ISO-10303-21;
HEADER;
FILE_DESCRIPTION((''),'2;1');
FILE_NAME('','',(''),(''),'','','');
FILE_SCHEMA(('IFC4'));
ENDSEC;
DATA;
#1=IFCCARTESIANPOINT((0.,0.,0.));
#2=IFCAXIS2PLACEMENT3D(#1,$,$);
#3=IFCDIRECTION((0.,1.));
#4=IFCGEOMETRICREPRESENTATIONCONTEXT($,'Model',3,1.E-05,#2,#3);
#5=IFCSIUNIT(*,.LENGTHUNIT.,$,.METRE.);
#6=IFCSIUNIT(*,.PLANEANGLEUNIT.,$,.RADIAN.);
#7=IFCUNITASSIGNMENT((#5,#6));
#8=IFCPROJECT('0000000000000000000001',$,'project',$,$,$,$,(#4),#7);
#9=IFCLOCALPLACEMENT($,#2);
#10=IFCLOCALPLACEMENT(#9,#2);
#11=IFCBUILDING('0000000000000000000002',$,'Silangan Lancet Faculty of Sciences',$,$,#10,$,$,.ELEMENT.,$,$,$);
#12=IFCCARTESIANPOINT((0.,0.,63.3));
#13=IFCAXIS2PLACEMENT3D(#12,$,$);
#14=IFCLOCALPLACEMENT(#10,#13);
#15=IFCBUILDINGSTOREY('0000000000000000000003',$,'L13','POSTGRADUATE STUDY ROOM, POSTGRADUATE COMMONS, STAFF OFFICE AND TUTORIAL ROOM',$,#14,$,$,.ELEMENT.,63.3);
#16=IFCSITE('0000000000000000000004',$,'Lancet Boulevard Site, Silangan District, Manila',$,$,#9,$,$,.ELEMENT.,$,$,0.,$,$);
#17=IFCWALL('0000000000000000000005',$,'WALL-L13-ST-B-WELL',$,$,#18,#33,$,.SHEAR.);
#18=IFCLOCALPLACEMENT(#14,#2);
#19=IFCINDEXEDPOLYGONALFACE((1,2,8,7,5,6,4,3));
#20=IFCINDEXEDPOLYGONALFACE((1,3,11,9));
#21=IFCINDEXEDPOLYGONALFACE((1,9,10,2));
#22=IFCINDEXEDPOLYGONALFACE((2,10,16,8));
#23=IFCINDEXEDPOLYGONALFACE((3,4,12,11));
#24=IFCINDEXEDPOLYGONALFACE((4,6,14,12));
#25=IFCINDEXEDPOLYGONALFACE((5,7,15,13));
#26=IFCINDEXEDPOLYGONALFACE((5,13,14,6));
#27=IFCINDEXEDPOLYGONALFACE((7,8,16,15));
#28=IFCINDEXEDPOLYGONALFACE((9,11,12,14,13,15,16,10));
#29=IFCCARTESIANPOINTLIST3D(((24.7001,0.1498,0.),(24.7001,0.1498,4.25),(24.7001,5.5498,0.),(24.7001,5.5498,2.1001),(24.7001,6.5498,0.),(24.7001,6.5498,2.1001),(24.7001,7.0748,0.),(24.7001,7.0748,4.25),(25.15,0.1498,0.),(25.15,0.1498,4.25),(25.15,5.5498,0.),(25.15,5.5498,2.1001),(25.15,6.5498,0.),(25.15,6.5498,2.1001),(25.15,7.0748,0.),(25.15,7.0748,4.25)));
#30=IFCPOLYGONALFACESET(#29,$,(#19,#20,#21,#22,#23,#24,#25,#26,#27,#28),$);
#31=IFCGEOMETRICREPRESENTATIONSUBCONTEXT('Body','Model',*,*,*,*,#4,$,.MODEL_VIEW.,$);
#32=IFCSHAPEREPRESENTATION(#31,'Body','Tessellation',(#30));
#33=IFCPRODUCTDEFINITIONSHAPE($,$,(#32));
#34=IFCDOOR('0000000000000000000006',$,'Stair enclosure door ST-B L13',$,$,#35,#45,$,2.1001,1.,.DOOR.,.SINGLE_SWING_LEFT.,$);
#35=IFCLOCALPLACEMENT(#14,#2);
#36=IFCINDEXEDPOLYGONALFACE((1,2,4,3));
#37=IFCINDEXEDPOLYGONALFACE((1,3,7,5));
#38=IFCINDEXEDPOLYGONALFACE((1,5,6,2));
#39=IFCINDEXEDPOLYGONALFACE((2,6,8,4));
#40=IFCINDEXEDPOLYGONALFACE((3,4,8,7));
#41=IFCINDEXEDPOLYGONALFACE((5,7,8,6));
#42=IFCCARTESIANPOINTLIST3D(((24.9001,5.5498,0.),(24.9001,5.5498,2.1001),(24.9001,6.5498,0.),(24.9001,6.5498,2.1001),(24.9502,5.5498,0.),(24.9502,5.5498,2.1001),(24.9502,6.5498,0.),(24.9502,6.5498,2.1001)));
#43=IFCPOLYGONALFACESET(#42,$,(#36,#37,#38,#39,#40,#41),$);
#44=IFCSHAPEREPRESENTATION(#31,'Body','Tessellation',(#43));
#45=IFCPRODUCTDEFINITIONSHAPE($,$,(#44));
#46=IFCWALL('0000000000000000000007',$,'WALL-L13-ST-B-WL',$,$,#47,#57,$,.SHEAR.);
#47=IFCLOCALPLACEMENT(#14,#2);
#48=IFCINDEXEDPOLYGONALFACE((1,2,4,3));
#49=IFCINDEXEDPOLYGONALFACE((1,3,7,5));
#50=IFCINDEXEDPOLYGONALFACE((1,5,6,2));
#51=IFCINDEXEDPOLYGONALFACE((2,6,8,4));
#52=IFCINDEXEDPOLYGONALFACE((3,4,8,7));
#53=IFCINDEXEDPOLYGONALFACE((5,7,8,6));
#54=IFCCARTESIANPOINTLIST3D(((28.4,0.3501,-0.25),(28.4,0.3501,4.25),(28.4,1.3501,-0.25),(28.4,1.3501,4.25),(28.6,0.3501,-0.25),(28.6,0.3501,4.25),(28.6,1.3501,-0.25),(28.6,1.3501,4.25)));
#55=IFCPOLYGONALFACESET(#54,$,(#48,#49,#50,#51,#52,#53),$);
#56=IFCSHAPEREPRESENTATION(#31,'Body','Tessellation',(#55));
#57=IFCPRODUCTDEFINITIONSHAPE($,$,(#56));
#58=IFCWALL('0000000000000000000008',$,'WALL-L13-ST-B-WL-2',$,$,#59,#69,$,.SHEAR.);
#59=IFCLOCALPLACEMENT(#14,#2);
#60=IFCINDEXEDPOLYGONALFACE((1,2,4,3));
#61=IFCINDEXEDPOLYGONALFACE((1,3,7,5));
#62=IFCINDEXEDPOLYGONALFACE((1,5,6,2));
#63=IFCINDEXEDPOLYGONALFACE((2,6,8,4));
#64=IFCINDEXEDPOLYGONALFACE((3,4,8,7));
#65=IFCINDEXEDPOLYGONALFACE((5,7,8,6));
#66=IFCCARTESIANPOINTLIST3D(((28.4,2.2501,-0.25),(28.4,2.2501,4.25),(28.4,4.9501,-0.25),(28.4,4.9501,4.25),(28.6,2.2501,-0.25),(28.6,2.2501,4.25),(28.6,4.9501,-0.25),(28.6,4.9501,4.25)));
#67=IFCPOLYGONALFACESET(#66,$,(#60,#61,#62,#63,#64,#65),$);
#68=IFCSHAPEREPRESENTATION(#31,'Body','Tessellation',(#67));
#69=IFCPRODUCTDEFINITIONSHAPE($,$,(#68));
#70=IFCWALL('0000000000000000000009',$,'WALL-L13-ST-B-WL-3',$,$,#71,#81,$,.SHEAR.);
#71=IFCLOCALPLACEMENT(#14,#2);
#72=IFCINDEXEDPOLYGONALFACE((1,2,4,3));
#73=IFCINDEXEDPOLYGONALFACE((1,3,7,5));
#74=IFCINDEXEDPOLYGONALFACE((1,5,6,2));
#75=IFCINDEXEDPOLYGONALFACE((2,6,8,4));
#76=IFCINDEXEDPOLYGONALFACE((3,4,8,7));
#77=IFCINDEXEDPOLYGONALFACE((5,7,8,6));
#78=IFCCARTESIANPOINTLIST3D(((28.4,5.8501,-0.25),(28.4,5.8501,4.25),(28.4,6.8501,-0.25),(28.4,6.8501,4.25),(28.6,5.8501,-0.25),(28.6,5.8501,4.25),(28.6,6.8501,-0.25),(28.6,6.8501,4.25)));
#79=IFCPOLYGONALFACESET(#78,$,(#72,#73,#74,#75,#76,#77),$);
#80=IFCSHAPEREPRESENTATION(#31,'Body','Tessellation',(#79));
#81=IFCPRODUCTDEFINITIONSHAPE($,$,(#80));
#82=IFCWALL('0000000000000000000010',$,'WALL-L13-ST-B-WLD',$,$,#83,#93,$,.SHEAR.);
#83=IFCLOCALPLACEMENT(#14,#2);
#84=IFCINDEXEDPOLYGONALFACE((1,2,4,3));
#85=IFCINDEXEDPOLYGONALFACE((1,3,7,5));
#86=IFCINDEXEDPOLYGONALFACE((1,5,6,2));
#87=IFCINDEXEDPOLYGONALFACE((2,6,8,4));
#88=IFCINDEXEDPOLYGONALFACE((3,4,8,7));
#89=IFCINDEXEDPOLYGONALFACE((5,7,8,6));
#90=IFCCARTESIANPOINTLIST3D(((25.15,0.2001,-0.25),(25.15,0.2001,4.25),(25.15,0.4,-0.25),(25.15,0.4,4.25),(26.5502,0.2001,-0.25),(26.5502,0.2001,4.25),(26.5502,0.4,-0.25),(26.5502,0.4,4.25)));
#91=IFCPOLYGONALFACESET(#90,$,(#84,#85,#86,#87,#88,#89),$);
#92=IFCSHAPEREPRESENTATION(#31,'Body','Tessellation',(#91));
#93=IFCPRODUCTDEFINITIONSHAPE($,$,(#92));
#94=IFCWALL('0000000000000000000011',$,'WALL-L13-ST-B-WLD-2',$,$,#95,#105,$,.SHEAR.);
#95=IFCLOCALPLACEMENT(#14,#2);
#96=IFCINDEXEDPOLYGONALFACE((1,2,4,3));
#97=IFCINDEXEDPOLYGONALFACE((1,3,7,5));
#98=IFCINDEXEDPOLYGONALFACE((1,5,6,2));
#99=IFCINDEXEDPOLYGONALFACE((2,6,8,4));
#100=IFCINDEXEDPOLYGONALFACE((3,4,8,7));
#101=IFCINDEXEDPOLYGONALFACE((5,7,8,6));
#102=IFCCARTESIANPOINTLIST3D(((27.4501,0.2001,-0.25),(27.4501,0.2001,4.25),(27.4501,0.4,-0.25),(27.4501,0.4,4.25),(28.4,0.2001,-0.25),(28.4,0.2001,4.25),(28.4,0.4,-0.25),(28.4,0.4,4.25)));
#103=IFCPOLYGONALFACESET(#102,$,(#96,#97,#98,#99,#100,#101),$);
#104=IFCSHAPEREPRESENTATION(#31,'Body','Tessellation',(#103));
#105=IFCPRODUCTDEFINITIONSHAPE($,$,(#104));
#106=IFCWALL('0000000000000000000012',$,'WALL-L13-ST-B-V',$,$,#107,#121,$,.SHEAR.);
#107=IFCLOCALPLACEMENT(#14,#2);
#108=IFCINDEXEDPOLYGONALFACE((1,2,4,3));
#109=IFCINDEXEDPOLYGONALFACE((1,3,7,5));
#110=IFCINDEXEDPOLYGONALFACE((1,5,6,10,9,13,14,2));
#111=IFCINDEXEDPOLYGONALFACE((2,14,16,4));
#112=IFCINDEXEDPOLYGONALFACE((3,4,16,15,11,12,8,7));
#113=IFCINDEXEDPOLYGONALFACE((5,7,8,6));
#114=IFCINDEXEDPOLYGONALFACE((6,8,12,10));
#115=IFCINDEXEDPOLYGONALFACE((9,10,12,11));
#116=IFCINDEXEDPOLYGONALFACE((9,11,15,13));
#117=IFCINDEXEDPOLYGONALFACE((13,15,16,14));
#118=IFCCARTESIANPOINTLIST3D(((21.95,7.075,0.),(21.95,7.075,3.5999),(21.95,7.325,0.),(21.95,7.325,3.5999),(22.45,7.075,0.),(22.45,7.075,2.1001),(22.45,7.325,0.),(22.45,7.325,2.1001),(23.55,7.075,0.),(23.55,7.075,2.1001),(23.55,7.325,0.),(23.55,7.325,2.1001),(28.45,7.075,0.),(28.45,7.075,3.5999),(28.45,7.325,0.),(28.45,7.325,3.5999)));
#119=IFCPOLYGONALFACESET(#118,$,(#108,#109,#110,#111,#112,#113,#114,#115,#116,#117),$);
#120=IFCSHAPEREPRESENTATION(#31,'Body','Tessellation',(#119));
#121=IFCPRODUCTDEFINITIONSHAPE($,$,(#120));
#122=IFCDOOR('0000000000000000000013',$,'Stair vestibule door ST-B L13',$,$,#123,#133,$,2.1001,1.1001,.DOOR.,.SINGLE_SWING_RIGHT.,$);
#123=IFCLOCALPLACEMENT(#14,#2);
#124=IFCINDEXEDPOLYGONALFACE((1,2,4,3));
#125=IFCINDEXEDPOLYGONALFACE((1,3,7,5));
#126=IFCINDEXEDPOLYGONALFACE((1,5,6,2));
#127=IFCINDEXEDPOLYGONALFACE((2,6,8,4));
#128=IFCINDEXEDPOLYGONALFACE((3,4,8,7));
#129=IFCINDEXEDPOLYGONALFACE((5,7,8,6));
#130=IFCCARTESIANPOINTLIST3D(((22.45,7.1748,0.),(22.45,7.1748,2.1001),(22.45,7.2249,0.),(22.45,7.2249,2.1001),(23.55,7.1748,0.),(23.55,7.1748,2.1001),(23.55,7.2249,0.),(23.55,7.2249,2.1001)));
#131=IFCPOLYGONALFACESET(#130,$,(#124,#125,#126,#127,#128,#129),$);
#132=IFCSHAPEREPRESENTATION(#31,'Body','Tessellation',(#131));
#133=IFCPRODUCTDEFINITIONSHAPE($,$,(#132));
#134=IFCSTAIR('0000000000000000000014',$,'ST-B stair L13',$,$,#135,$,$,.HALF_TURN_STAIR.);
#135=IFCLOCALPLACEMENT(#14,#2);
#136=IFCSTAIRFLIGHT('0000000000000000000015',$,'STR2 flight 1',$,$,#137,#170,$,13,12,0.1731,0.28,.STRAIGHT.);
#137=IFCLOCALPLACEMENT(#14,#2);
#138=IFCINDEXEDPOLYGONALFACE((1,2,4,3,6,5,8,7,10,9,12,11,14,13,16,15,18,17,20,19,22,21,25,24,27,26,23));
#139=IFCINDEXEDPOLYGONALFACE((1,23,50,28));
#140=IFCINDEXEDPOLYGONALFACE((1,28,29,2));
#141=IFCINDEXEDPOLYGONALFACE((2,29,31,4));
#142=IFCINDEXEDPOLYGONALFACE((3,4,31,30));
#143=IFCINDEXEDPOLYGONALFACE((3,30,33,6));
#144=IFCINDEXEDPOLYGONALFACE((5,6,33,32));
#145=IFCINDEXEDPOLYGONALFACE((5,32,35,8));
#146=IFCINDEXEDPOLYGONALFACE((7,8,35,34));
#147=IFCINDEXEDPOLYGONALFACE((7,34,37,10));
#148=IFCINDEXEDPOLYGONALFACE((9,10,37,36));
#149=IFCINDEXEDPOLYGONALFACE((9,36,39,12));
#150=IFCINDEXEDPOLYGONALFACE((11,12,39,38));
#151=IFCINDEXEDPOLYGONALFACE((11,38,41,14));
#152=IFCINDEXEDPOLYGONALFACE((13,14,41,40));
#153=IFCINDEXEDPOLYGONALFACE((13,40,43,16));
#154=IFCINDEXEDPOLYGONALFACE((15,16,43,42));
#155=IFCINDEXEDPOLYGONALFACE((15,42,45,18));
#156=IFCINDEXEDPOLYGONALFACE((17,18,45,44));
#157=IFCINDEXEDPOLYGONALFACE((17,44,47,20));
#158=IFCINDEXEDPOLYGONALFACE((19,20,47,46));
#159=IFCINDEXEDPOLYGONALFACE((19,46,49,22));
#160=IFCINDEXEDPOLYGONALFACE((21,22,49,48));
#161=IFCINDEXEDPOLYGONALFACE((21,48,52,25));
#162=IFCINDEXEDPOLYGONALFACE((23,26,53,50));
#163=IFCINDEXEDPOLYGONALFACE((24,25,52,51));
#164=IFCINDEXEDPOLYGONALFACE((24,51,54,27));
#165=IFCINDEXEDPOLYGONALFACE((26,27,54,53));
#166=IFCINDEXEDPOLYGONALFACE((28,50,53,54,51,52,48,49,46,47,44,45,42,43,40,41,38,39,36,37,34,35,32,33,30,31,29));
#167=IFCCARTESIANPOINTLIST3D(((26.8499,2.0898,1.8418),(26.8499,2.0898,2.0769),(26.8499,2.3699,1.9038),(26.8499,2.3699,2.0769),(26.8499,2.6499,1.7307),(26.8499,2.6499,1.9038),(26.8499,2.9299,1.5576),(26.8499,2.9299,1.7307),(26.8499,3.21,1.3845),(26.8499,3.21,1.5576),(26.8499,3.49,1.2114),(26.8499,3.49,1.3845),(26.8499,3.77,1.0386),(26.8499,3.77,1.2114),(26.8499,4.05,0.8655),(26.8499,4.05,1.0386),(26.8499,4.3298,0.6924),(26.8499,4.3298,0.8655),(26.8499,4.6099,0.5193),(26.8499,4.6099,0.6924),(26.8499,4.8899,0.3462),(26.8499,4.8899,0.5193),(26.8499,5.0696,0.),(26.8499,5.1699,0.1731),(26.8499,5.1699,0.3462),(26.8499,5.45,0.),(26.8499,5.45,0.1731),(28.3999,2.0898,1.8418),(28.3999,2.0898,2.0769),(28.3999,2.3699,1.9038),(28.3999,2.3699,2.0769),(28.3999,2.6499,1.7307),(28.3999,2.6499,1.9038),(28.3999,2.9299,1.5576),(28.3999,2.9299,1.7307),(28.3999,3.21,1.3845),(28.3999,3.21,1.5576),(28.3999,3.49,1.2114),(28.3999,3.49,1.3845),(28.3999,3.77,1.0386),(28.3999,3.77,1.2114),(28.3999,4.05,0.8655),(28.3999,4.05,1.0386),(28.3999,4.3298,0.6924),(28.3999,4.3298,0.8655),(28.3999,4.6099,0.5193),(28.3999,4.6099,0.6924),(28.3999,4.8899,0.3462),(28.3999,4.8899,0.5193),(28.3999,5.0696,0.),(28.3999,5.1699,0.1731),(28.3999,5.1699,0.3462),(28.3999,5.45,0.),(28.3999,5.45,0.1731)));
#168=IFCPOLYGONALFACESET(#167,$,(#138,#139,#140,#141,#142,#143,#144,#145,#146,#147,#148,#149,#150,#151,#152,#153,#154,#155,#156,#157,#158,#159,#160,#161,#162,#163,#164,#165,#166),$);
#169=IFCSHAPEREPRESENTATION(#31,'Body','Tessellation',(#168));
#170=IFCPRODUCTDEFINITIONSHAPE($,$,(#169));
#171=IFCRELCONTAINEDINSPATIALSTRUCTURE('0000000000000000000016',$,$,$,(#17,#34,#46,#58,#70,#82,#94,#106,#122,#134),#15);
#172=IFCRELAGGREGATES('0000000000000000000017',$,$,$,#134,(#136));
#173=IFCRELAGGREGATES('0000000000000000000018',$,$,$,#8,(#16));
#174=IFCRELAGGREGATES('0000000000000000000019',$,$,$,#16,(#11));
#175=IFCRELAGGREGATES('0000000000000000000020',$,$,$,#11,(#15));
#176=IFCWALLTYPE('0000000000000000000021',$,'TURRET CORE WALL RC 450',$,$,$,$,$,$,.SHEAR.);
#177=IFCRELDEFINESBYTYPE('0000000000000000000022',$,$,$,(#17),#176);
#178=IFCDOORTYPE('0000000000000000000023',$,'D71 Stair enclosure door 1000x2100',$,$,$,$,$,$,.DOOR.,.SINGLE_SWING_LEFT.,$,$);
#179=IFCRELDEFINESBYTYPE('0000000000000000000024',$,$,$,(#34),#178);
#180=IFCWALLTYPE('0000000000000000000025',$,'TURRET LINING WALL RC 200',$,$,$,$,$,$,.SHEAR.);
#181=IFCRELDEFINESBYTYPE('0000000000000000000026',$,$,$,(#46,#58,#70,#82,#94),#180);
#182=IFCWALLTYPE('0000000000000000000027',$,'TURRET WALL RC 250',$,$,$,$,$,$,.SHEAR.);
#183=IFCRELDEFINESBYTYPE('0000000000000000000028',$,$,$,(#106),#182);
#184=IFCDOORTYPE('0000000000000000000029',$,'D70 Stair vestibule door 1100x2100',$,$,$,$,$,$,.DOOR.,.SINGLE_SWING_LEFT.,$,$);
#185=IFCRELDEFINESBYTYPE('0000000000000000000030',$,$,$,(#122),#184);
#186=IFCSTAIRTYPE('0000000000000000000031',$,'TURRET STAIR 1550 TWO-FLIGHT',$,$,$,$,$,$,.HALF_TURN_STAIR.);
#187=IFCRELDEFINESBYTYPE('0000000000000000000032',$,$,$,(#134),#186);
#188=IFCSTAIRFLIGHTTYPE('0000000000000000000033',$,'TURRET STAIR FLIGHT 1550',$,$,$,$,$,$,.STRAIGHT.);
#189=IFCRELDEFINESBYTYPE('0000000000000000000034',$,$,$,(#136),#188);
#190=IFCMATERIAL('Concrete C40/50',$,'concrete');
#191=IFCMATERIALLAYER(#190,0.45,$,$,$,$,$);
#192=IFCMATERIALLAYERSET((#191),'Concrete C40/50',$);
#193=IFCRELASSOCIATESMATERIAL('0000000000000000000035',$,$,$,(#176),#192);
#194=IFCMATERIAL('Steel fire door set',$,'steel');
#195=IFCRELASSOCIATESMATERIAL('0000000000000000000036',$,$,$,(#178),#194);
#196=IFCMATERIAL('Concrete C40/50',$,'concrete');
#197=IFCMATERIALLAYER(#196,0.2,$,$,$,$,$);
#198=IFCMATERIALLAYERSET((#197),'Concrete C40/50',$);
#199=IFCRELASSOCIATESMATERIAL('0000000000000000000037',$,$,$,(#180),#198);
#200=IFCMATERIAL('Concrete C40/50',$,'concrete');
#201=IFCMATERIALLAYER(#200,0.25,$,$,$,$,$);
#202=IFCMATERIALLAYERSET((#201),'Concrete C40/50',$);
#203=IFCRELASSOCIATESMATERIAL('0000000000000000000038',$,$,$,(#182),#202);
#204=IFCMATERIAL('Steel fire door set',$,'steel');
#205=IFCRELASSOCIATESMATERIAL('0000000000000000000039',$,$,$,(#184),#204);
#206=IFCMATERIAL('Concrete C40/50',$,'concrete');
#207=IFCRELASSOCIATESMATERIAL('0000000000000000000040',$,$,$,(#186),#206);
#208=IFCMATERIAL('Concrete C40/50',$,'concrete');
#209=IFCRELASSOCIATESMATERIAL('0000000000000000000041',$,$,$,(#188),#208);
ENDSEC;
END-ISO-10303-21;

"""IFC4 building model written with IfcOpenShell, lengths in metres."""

from ifc_helpers import new_model, si_unit, direction, frame, frame_2d, origin, place, context, subcontext, project, spatial, polyline, rectangle, outline, extrude, material, layer, layer_set, type_object, element, fill, aggregate, save


model = new_model("IFC4")

# Units and contexts
model_context = context("Model", 3, precision=1e-05, world=origin(), true_north=direction((0.0, 1.0)))
body_context = subcontext(model_context, "Body", "Model", "MODEL_VIEW")
ifc_project = project(units=[si_unit("LENGTHUNIT", "METRE"), si_unit("PLANEANGLEUNIT", "RADIAN")], contexts=[model_context])

# Site, building, storey
site_placement = place(None, origin())
site = spatial("IfcSite", under=ifc_project, at=site_placement, Name="Lancet Boulevard Site, Silangan District, Manila", CompositionType="ELEMENT", RefElevation=0.0)
building_placement = place(site_placement, origin())
building = spatial("IfcBuilding", under=site, at=building_placement, Name="Silangan Lancet Faculty of Sciences", CompositionType="ELEMENT")
storey_placement = place(building_placement, frame((0.0, 0.0, 63.3)))
storey = spatial("IfcBuildingStorey", under=building, at=storey_placement, Name="L13", Description="POSTGRADUATE STUDY ROOM, POSTGRADUATE COMMONS, STAFF OFFICE AND TUTORIAL ROOM", CompositionType="ELEMENT", Elevation=63.3)

# Wall, opening, door
ifc_material_1 = material(Name="Concrete C40/50", Category="concrete")
ifc_layer_1 = layer(ifc_material_1, 0.45)
ifc_layer_set_1 = layer_set([ifc_layer_1], Name="Concrete C40/50")
wall_type_1 = type_object("IfcWallType", Name="TURRET CORE WALL RC 450", PredefinedType="SHEAR", material=ifc_layer_set_1)
wall_1_placement = place(storey_placement, frame((24.925, 0.1499, 0.0), z_axis=(0.0, 0.0, 1.0), x_axis=(0.0, 1.0, 0.0)))
wall_1 = element("IfcWall", 1, at=wall_1_placement, inside=storey, type_object=wall_type_1, Name="WALL-L13-ST-B-WELL", PredefinedType="SHEAR", context=body_context, shape_type="SweptSolid", body=[
    extrude(rectangle(XDim=6.925, YDim=0.45, at=frame_2d((3.4624, 0.0))), origin(), (0.0, 0.0, 1.0), 4.25),
])
opening_1_placement = place(wall_1_placement, frame((5.3999, 0.0, 0.0)))
opening_1 = element("IfcOpeningElement", 2, at=opening_1_placement, cuts=wall_1, PredefinedType="OPENING", context=body_context, shape_type="SweptSolid", body=[
    extrude(rectangle(XDim=1.0, YDim=2.1001, at=frame_2d((0.5, 1.05))), frame((0.0, 0.2349, 0.0), z_axis=(0.0, -1.0, 0.0), x_axis=(1.0, 0.0, 0.0)), (0.0, 0.0, 1.0), 0.47),
])
ifc_material_2 = material(Name="Steel fire door set", Category="steel")
door_type_1 = type_object("IfcDoorType", Name="D71 Stair enclosure door 1000x2100", OperationType="SINGLE_SWING_LEFT", PredefinedType="DOOR", material=ifc_material_2)
door_1_placement = place(opening_1_placement, frame((1.0, 0.0, 0.0), z_axis=(0.0, 0.0, 1.0), x_axis=(-1.0, 0.0, 0.0)))
door_1 = element("IfcDoor", 3, at=door_1_placement, inside=storey, type_object=door_type_1, Name="Stair enclosure door ST-B L13", OperationType="SINGLE_SWING_LEFT", OverallHeight=2.1001, OverallWidth=1.0, PredefinedType="DOOR", context=body_context, shape_type="SweptSolid", body=[
    extrude(rectangle(XDim=1.0, YDim=2.1001, at=frame_2d((0.5, 1.05))), frame((0.0, 0.0251, 0.0), z_axis=(0.0, -1.0, 0.0), x_axis=(1.0, 0.0, 0.0)), (0.0, 0.0, 1.0), 0.05),
])
fill(opening_1, door_1)

# Walls
ifc_material_3 = material(Name="Concrete C40/50", Category="concrete")
ifc_layer_2 = layer(ifc_material_3, 0.2)
ifc_layer_set_2 = layer_set([ifc_layer_2], Name="Concrete C40/50")
wall_type_2 = type_object("IfcWallType", Name="TURRET LINING WALL RC 200", PredefinedType="SHEAR", material=ifc_layer_set_2)
wall_2_placement = place(storey_placement, frame((28.5, 0.3501, -0.25), z_axis=(0.0, 0.0, 1.0), x_axis=(0.0, 1.0, 0.0)))
element("IfcWall", 4, at=wall_2_placement, inside=storey, type_object=wall_type_2, Name="WALL-L13-ST-B-WL", PredefinedType="SHEAR", context=body_context, shape_type="SweptSolid", body=[
    extrude(rectangle(XDim=1.0, YDim=0.2, at=frame_2d((0.5, 0.0))), origin(), (0.0, 0.0, 1.0), 4.5),
])
wall_3_placement = place(storey_placement, frame((28.5, 2.25, -0.25), z_axis=(0.0, 0.0, 1.0), x_axis=(0.0, 1.0, 0.0)))
element("IfcWall", 5, at=wall_3_placement, inside=storey, type_object=wall_type_2, Name="WALL-L13-ST-B-WL-2", PredefinedType="SHEAR", context=body_context, shape_type="SweptSolid", body=[
    extrude(rectangle(XDim=2.7, YDim=0.2, at=frame_2d((1.3501, 0.0))), origin(), (0.0, 0.0, 1.0), 4.5),
])
wall_4_placement = place(storey_placement, frame((28.5, 5.8501, -0.25), z_axis=(0.0, 0.0, 1.0), x_axis=(0.0, 1.0, 0.0)))
element("IfcWall", 6, at=wall_4_placement, inside=storey, type_object=wall_type_2, Name="WALL-L13-ST-B-WL-3", PredefinedType="SHEAR", context=body_context, shape_type="SweptSolid", body=[
    extrude(rectangle(XDim=1.0, YDim=0.2, at=frame_2d((0.5, 0.0))), origin(), (0.0, 0.0, 1.0), 4.5),
])
wall_5_placement = place(storey_placement, frame((25.1499, 0.3, -0.25), z_axis=(0.0, 0.0, 1.0), x_axis=(1.0, 0.0, 0.0)))
element("IfcWall", 7, at=wall_5_placement, inside=storey, type_object=wall_type_2, Name="WALL-L13-ST-B-WLD", PredefinedType="SHEAR", context=body_context, shape_type="SweptSolid", body=[
    extrude(rectangle(XDim=1.4001, YDim=0.2, at=frame_2d((0.7002, 0.0))), origin(), (0.0, 0.0, 1.0), 4.5),
])
wall_6_placement = place(storey_placement, frame((27.45, 0.3, -0.25), z_axis=(0.0, 0.0, 1.0), x_axis=(1.0, 0.0, 0.0)))
element("IfcWall", 8, at=wall_6_placement, inside=storey, type_object=wall_type_2, Name="WALL-L13-ST-B-WLD-2", PredefinedType="SHEAR", context=body_context, shape_type="SweptSolid", body=[
    extrude(rectangle(XDim=0.95, YDim=0.2, at=frame_2d((0.4751, 0.0))), origin(), (0.0, 0.0, 1.0), 4.5),
])

# Wall, opening, door
ifc_material_4 = material(Name="Concrete C40/50", Category="concrete")
ifc_layer_3 = layer(ifc_material_4, 0.25)
ifc_layer_set_3 = layer_set([ifc_layer_3], Name="Concrete C40/50")
wall_type_3 = type_object("IfcWallType", Name="TURRET WALL RC 250", PredefinedType="SHEAR", material=ifc_layer_set_3)
wall_7_placement = place(storey_placement, frame((21.95, 7.2, 0.0), z_axis=(0.0, 0.0, 1.0), x_axis=(1.0, 0.0, 0.0)))
wall_7 = element("IfcWall", 9, at=wall_7_placement, inside=storey, type_object=wall_type_3, Name="WALL-L13-ST-B-V", PredefinedType="SHEAR", context=body_context, shape_type="SweptSolid", body=[
    extrude(rectangle(XDim=6.5, YDim=0.25, at=frame_2d((3.25, 0.0))), origin(), (0.0, 0.0, 1.0), 3.5999),
])
opening_2_placement = place(wall_7_placement, frame((0.5, 0.0, 0.0)))
opening_2 = element("IfcOpeningElement", 10, at=opening_2_placement, cuts=wall_7, PredefinedType="OPENING", context=body_context, shape_type="SweptSolid", body=[
    extrude(rectangle(XDim=1.1001, YDim=2.1001, at=frame_2d((0.55, 1.05))), frame((0.0, 0.135, 0.0), z_axis=(0.0, -1.0, 0.0), x_axis=(1.0, 0.0, 0.0)), (0.0, 0.0, 1.0), 0.27),
])
ifc_material_5 = material(Name="Steel fire door set", Category="steel")
door_type_2 = type_object("IfcDoorType", Name="D70 Stair vestibule door 1100x2100", OperationType="SINGLE_SWING_LEFT", PredefinedType="DOOR", material=ifc_material_5)
door_2_placement = place(opening_2_placement, frame((1.1001, 0.0, 0.0), z_axis=(0.0, 0.0, 1.0), x_axis=(-1.0, 0.0, 0.0)))
door_2 = element("IfcDoor", 11, at=door_2_placement, inside=storey, type_object=door_type_2, Name="Stair vestibule door ST-B L13", OperationType="SINGLE_SWING_RIGHT", OverallHeight=2.1001, OverallWidth=1.1001, PredefinedType="DOOR", context=body_context, shape_type="SweptSolid", body=[
    extrude(rectangle(XDim=1.1001, YDim=2.1001, at=frame_2d((0.55, 1.05))), frame((0.0, 0.0251, 0.0), z_axis=(0.0, -1.0, 0.0), x_axis=(1.0, 0.0, 0.0)), (0.0, 0.0, 1.0), 0.05),
])
fill(opening_2, door_2)

# Stair, stair flight
ifc_material_6 = material(Name="Concrete C40/50", Category="concrete")
stair_type = type_object("IfcStairType", Name="TURRET STAIR 1550 TWO-FLIGHT", PredefinedType="HALF_TURN_STAIR", material=ifc_material_6)
stair_placement = place(storey_placement, origin())
stair = element("IfcStair", 12, at=stair_placement, inside=storey, type_object=stair_type, Name="ST-B stair L13", PredefinedType="HALF_TURN_STAIR")
ifc_material_7 = material(Name="Concrete C40/50", Category="concrete")
stair_flight_type = type_object("IfcStairFlightType", Name="TURRET STAIR FLIGHT 1550", PredefinedType="STRAIGHT", material=ifc_material_7)
stair_flight_1_placement = place(storey_placement, frame((27.625, 5.45, 0.0), z_axis=(0.0, 0.0, 1.0), x_axis=(0.0, -1.0, 0.0)))
stair_flight_1 = element("IfcStairFlight", 13, at=stair_flight_1_placement, type_object=stair_flight_type, Name="STR2 flight 1", NumberOfRisers=13, NumberOfTreads=12, PredefinedType="STRAIGHT", RiserHeight=0.1731, TreadLength=0.28, context=body_context, shape_type="SweptSolid", body=[
    extrude(outline(polyline([(0.0, 0.0), (0.0, 0.1731), (0.28, 0.1731), (0.28, 0.3462), (0.5601, 0.3462), (0.5601, 0.5193), (0.8401, 0.5193), (0.8401, 0.6924), (1.1201, 0.6924), (1.1201, 0.8655), (1.3999, 0.8655), (1.3999, 1.0386), (1.6799, 1.0386), (1.6799, 1.2114), (1.96, 1.2114), (1.96, 1.3845), (2.24, 1.3845), (2.24, 1.5576), (2.52, 1.5576), (2.52, 1.7307), (2.8, 1.7307), (2.8, 1.9038), (3.0801, 1.9038), (3.0801, 2.0769), (3.3601, 2.0769), (3.3601, 2.25), (3.3601, 1.8418), (0.3804, 0.0), (0.0, 0.0)])), frame((0.0, 0.7749, 0.0), z_axis=(0.0, -1.0, 0.0), x_axis=(1.0, 0.0, 0.0)), (0.0, 0.0, 1.0), 1.55),
])
aggregate(stair, [stair_flight_1])

save(model, "model.ifc")
